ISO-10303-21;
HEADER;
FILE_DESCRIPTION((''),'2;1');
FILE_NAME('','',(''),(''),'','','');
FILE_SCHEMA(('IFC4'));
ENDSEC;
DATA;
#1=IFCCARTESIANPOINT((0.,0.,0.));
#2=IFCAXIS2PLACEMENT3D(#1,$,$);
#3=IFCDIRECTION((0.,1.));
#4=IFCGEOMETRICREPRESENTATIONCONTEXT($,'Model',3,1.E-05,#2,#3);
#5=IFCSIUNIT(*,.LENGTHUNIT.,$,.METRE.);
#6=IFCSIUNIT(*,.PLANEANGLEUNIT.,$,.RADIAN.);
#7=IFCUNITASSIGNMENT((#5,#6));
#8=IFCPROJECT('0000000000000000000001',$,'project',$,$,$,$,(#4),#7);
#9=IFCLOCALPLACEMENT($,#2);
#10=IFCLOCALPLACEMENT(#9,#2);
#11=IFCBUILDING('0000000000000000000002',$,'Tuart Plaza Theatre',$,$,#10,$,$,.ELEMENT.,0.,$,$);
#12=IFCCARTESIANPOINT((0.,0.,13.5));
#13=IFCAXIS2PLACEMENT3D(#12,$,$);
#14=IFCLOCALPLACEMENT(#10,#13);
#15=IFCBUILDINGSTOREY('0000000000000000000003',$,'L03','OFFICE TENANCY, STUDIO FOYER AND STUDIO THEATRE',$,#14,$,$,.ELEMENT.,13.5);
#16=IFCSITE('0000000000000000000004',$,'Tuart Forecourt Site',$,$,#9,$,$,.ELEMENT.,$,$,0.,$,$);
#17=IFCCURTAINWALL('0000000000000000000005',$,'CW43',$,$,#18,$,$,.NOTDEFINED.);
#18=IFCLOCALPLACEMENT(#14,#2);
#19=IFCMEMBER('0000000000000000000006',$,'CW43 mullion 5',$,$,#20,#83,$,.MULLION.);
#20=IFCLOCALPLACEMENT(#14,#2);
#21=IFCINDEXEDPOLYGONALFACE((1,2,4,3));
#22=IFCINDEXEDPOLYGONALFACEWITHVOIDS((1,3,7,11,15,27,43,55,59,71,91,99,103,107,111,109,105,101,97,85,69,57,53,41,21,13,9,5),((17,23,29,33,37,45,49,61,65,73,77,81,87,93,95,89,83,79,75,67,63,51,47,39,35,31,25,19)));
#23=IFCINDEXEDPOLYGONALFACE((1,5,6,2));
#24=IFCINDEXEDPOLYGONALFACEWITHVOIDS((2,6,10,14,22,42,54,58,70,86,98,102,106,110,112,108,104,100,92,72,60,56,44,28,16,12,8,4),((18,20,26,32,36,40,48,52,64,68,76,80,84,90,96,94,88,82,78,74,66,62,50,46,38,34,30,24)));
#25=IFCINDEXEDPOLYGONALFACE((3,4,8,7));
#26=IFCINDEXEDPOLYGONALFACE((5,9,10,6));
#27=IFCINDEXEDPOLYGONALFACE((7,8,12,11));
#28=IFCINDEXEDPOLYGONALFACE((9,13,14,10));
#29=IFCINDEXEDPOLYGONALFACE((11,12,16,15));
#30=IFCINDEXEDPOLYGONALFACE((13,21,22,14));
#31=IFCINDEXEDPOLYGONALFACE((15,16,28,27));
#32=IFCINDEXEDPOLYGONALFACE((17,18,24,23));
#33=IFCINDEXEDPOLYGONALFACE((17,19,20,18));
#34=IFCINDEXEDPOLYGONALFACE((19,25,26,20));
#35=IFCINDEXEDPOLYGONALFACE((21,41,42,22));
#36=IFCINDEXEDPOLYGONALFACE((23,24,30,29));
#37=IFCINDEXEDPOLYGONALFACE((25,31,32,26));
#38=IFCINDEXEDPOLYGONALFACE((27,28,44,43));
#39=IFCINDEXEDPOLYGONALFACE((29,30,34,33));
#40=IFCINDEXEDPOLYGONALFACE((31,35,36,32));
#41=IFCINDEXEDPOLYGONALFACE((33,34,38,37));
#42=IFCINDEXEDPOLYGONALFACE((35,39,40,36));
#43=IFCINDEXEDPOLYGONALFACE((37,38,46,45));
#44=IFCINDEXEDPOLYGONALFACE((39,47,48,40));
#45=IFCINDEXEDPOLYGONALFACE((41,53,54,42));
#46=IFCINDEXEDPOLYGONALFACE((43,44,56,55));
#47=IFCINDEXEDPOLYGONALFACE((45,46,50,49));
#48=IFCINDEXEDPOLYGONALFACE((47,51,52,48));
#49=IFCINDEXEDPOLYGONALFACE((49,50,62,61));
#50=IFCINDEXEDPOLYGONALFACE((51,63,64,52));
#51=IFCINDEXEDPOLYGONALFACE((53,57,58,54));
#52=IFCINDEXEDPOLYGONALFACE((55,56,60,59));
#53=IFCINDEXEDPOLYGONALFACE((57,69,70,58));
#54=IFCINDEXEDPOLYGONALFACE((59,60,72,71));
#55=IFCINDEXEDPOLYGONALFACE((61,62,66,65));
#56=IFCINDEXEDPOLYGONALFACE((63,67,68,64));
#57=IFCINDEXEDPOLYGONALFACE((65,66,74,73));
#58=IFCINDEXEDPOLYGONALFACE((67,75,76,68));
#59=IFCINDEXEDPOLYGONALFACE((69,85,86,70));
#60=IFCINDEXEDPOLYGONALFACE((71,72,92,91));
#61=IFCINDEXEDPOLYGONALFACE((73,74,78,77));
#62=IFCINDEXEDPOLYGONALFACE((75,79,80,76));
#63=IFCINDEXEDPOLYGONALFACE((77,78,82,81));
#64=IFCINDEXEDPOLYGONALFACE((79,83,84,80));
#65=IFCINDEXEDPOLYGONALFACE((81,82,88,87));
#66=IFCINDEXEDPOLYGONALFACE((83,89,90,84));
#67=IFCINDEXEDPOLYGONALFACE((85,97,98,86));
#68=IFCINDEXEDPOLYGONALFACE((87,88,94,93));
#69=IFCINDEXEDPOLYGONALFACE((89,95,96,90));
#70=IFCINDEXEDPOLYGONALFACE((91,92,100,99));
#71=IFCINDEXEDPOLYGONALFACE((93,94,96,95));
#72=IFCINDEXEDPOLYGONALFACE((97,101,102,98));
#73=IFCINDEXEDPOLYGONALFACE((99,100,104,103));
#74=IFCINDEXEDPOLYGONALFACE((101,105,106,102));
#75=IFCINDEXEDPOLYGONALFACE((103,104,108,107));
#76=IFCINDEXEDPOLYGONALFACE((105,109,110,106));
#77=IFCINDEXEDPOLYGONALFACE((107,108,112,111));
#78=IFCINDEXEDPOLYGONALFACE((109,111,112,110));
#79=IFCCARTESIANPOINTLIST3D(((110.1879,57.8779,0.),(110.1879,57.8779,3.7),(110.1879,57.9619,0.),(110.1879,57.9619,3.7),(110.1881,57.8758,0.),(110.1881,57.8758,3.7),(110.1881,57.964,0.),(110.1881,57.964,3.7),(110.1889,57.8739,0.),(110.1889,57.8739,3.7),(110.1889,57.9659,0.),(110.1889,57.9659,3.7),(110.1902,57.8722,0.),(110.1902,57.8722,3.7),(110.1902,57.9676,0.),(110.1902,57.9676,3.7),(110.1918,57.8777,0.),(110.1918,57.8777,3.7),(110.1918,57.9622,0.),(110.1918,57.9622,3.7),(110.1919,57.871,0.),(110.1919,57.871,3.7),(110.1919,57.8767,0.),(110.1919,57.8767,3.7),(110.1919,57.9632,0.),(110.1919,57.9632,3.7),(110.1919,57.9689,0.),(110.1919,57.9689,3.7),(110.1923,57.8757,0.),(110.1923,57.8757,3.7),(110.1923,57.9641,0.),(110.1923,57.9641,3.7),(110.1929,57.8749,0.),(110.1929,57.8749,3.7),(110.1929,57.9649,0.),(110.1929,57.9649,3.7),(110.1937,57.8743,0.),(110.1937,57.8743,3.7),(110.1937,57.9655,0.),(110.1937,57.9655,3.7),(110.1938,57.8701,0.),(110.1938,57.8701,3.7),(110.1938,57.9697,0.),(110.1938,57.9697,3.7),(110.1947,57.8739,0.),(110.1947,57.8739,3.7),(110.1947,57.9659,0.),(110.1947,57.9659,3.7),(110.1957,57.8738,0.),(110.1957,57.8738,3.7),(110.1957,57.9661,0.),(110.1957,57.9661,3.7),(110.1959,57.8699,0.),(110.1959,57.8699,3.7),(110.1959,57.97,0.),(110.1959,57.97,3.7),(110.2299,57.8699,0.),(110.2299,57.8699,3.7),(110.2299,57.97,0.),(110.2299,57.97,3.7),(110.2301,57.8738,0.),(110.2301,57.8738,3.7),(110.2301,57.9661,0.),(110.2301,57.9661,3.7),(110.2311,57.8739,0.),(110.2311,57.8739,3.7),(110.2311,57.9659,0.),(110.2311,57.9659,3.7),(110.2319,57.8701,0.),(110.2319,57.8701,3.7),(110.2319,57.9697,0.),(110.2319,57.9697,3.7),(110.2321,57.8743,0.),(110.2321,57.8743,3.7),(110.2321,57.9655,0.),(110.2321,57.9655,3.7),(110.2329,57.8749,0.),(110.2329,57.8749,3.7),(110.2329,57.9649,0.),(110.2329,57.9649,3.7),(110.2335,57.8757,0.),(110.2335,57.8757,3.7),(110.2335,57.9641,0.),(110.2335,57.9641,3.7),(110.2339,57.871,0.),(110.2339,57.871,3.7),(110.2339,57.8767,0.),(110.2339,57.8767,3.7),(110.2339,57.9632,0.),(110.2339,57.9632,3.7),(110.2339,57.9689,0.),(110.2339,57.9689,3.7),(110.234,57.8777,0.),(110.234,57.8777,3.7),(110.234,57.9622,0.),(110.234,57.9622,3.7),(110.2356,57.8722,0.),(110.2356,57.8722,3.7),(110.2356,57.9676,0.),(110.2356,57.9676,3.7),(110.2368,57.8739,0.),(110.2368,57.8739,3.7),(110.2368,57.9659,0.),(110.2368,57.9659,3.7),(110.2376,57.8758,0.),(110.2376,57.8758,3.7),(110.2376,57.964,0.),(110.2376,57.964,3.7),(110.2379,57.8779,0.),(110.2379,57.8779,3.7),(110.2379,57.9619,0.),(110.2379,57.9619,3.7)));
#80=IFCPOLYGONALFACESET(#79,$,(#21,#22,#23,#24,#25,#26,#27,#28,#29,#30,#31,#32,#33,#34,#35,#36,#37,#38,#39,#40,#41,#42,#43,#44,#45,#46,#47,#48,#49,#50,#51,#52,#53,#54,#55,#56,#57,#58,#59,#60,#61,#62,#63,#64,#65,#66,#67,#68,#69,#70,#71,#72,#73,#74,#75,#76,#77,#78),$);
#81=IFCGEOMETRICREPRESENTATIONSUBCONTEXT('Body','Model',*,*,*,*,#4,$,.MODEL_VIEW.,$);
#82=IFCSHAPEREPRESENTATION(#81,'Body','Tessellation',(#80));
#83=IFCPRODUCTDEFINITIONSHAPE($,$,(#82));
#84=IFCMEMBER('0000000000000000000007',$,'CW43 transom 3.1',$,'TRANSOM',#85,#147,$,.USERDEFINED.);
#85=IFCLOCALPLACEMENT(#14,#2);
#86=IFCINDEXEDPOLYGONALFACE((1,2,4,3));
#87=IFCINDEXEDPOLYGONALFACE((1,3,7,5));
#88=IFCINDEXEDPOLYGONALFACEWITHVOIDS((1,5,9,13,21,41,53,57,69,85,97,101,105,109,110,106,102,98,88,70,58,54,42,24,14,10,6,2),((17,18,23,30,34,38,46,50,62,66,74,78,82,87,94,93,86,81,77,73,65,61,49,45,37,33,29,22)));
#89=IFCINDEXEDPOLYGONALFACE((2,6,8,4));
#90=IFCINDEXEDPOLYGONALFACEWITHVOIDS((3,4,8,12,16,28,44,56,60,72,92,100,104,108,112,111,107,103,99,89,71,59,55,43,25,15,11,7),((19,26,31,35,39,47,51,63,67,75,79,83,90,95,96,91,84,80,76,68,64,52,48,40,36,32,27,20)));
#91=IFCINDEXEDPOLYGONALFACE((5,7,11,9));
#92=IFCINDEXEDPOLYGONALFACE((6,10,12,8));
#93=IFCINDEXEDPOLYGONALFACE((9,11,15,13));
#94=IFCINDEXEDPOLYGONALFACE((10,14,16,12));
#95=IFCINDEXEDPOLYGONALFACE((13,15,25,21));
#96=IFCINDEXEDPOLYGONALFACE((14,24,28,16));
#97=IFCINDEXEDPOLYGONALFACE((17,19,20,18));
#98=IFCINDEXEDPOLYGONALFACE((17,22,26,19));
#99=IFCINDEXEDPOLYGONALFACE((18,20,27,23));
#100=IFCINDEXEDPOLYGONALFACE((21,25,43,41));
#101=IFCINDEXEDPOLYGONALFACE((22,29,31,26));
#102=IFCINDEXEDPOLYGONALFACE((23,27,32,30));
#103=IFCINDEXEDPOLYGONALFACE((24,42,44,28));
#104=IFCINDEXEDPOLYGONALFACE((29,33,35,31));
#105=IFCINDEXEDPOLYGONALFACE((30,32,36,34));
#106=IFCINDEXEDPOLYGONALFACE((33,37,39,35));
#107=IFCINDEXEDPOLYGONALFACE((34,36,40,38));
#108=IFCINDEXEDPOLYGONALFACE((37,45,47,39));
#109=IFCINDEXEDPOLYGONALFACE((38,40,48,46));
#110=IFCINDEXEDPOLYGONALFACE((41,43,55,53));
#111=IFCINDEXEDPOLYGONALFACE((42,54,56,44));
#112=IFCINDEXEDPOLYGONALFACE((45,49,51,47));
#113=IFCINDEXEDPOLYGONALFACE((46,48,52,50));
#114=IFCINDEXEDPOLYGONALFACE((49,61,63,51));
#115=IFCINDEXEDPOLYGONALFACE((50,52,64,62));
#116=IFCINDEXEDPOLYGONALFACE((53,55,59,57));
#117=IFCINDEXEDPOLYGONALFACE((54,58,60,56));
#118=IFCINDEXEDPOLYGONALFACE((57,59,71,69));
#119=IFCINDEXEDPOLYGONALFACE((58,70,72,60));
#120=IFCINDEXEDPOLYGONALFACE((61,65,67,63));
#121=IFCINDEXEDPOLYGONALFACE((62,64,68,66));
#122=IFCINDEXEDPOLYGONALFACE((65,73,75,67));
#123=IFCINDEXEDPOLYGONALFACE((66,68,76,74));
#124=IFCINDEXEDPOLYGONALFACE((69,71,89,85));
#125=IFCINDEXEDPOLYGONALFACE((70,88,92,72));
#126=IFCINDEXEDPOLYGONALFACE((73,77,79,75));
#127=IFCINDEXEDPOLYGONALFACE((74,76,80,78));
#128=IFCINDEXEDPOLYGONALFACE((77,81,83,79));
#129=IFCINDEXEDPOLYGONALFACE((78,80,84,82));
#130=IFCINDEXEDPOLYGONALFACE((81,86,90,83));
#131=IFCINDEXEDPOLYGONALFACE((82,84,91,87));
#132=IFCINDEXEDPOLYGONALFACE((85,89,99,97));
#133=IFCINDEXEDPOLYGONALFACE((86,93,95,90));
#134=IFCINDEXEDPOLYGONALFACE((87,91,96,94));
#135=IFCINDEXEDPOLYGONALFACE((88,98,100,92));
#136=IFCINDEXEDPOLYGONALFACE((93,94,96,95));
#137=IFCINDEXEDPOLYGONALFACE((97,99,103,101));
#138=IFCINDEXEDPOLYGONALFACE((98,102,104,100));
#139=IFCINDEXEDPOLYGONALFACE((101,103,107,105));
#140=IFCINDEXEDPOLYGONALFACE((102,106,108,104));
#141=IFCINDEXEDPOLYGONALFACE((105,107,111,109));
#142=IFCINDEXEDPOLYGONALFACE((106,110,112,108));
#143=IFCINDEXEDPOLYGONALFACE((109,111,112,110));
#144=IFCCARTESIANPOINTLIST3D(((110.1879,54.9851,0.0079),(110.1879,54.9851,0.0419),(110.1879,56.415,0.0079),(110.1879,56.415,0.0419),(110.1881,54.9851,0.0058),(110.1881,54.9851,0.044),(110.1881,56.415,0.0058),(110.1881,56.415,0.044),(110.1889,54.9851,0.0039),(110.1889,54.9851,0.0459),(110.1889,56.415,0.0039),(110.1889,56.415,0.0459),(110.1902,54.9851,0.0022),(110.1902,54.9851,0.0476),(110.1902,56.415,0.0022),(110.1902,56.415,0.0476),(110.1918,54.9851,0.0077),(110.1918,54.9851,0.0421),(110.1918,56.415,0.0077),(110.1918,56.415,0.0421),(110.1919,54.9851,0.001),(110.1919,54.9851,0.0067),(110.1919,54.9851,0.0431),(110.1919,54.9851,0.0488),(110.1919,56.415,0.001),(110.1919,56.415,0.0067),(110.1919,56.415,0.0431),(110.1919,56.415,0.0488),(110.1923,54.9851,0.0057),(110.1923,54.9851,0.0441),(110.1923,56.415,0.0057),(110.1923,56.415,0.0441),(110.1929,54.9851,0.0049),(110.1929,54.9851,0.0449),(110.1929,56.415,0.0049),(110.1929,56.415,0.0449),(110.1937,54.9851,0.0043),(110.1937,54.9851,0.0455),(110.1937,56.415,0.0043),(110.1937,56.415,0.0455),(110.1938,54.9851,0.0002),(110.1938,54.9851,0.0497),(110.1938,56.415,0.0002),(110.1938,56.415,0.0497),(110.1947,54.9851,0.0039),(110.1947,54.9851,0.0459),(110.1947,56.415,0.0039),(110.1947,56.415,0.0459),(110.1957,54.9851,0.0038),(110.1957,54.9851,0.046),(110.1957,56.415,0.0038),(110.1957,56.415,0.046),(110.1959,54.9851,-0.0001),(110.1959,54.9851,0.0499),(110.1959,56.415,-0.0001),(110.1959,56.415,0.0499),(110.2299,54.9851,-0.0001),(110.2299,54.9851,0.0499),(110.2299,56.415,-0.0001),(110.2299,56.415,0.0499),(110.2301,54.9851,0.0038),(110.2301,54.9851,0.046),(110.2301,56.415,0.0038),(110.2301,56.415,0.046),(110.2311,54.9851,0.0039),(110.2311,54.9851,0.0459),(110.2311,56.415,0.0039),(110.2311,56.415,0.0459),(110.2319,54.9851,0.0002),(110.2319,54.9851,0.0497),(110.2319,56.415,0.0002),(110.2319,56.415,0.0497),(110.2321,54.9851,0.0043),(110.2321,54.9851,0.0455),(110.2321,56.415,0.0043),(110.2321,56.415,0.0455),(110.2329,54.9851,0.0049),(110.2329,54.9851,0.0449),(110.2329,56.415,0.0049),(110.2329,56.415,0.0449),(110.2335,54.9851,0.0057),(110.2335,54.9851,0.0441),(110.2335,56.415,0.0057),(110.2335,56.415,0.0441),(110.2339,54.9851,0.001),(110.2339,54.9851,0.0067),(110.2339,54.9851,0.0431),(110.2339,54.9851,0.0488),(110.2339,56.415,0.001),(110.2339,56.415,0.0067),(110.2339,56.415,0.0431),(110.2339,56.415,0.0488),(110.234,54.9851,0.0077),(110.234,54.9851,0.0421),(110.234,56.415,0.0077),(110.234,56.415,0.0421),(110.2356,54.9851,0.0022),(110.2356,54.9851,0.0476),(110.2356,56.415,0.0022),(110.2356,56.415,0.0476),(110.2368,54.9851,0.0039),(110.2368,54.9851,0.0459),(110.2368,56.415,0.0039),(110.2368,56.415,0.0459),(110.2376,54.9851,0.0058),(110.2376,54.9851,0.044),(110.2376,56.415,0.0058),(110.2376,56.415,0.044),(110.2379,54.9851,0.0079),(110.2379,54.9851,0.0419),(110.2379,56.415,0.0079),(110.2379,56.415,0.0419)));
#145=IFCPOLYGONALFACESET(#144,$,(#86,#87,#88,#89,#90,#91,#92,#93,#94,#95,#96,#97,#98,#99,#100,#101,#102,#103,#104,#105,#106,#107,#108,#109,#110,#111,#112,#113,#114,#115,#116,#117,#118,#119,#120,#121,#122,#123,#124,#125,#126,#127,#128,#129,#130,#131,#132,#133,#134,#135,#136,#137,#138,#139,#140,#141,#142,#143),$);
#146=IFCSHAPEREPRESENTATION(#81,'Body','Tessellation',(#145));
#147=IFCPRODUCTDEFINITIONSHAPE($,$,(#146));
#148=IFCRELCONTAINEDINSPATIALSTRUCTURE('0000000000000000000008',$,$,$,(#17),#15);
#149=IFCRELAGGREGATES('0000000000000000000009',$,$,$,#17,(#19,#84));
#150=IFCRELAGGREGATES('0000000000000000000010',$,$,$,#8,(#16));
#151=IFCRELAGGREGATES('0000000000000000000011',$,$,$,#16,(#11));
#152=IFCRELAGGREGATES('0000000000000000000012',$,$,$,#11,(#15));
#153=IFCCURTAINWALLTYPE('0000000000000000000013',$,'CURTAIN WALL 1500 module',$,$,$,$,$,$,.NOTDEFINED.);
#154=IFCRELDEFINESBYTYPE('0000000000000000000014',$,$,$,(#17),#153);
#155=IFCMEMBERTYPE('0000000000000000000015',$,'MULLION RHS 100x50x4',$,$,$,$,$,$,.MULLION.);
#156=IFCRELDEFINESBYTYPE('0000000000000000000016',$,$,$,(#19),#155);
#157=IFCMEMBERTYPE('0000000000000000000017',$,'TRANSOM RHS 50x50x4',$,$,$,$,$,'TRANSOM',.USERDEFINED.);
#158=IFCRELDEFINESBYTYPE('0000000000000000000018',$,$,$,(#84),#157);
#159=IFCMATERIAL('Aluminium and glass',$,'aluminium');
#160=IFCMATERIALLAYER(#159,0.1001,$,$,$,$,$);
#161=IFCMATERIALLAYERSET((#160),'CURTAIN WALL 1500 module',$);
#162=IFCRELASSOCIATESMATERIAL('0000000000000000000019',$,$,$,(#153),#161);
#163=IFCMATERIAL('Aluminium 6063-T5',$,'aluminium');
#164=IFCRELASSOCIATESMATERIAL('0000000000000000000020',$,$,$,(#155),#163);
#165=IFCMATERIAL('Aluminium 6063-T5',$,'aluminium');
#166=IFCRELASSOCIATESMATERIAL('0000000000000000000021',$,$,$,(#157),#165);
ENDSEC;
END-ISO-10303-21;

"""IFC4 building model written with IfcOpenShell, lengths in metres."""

from ifc_helpers import new_model, si_unit, direction, frame, origin, origin_2d, place, context, subcontext, project, spatial, hollow_rectangle, extrude, material, layer, layer_set, material_profile, profile_set, type_object, element, aggregate, save


model = new_model("IFC4")

# Units and contexts
model_context = context("Model", 3, precision=1e-05, world=origin(), true_north=direction((0.0, 1.0)))
body_context = subcontext(model_context, "Body", "Model", "MODEL_VIEW")
ifc_project = project(units=[si_unit("LENGTHUNIT", "METRE"), si_unit("PLANEANGLEUNIT", "RADIAN")], contexts=[model_context])

# Site, building, storey
site_placement = place(None, origin())
site = spatial("IfcSite", under=ifc_project, at=site_placement, Name="Tuart Forecourt Site", CompositionType="ELEMENT", RefElevation=0.0)
building_placement = place(site_placement, origin())
building = spatial("IfcBuilding", under=site, at=building_placement, Name="Tuart Plaza Theatre", CompositionType="ELEMENT", ElevationOfRefHeight=0.0)
storey_placement = place(building_placement, frame((0.0, 0.0, 13.5)))
storey = spatial("IfcBuildingStorey", under=building, at=storey_placement, Name="L03", Description="OFFICE TENANCY, STUDIO FOYER AND STUDIO THEATRE", CompositionType="ELEMENT", Elevation=13.5)

# Curtain wall, members
ifc_material_1 = material(Name="Aluminium and glass", Category="aluminium")
ifc_layer_1 = layer(ifc_material_1, 0.1001)
ifc_layer_set_1 = layer_set([ifc_layer_1], Name="CURTAIN WALL 1500 module")
curtain_wall_type = type_object("IfcCurtainWallType", Name="CURTAIN WALL 1500 module", PredefinedType="NOTDEFINED", material=ifc_layer_set_1)
curtain_wall_placement = place(storey_placement, origin())
curtain_wall = element("IfcCurtainWall", 1, at=curtain_wall_placement, inside=storey, type_object=curtain_wall_type, Name="CW43", PredefinedType="NOTDEFINED")
ifc_material_2 = material(Name="Aluminium 6063-T5", Category="aluminium")
ifc_material_profile_1 = material_profile(ifc_material_2, hollow_rectangle(XDim=0.05, YDim=0.1001, WallThickness=0.0039, InnerFilletRadius=0.0039, OuterFilletRadius=0.0081, at=origin_2d()), Name="RHS 100x50x4")
ifc_profile_set_1 = profile_set([ifc_material_profile_1], Name="Aluminium 6063-T5")
member_type_1 = type_object("IfcMemberType", Name="MULLION RHS 100x50x4", PredefinedType="MULLION", material=ifc_profile_set_1)
member_1_placement = place(storey_placement, frame((110.2129, 57.9199, 0.0), z_axis=(0.0, 0.0, 1.0), x_axis=(-1.0, 0.0, 0.0)))
member_1 = element("IfcMember", 2, at=member_1_placement, type_object=member_type_1, Name="CW43 mullion 5", PredefinedType="MULLION", context=body_context, shape_type="SweptSolid", body=[
    extrude(hollow_rectangle(XDim=0.05, YDim=0.1001, WallThickness=0.0039, InnerFilletRadius=0.0039, OuterFilletRadius=0.0081, at=origin_2d()), origin(), (0.0, 0.0, 1.0), 3.7),
])
ifc_material_3 = material(Name="Aluminium 6063-T5", Category="aluminium")
ifc_material_profile_2 = material_profile(ifc_material_3, hollow_rectangle(XDim=0.05, YDim=0.05, WallThickness=0.0039, InnerFilletRadius=0.0039, OuterFilletRadius=0.0081, at=origin_2d()), Name="RHS 50x50x4")
ifc_profile_set_2 = profile_set([ifc_material_profile_2], Name="Aluminium 6063-T5")
member_type_2 = type_object("IfcMemberType", Name="TRANSOM RHS 50x50x4", ElementType="TRANSOM", PredefinedType="USERDEFINED", material=ifc_profile_set_2)
member_2_placement = place(storey_placement, frame((110.2129, 54.9851, 0.0249), z_axis=(0.0, 1.0, 0.0), x_axis=(-1.0, 0.0, 0.0)))
member_2 = element("IfcMember", 3, at=member_2_placement, type_object=member_type_2, Name="CW43 transom 3.1", ObjectType="TRANSOM", PredefinedType="USERDEFINED", context=body_context, shape_type="SweptSolid", body=[
    extrude(hollow_rectangle(XDim=0.05, YDim=0.05, WallThickness=0.0039, InnerFilletRadius=0.0039, OuterFilletRadius=0.0081, at=origin_2d()), origin(), (0.0, 0.0, 1.0), 1.4299),
])
aggregate(curtain_wall, [member_1, member_2])

save(model, "model.ifc")
